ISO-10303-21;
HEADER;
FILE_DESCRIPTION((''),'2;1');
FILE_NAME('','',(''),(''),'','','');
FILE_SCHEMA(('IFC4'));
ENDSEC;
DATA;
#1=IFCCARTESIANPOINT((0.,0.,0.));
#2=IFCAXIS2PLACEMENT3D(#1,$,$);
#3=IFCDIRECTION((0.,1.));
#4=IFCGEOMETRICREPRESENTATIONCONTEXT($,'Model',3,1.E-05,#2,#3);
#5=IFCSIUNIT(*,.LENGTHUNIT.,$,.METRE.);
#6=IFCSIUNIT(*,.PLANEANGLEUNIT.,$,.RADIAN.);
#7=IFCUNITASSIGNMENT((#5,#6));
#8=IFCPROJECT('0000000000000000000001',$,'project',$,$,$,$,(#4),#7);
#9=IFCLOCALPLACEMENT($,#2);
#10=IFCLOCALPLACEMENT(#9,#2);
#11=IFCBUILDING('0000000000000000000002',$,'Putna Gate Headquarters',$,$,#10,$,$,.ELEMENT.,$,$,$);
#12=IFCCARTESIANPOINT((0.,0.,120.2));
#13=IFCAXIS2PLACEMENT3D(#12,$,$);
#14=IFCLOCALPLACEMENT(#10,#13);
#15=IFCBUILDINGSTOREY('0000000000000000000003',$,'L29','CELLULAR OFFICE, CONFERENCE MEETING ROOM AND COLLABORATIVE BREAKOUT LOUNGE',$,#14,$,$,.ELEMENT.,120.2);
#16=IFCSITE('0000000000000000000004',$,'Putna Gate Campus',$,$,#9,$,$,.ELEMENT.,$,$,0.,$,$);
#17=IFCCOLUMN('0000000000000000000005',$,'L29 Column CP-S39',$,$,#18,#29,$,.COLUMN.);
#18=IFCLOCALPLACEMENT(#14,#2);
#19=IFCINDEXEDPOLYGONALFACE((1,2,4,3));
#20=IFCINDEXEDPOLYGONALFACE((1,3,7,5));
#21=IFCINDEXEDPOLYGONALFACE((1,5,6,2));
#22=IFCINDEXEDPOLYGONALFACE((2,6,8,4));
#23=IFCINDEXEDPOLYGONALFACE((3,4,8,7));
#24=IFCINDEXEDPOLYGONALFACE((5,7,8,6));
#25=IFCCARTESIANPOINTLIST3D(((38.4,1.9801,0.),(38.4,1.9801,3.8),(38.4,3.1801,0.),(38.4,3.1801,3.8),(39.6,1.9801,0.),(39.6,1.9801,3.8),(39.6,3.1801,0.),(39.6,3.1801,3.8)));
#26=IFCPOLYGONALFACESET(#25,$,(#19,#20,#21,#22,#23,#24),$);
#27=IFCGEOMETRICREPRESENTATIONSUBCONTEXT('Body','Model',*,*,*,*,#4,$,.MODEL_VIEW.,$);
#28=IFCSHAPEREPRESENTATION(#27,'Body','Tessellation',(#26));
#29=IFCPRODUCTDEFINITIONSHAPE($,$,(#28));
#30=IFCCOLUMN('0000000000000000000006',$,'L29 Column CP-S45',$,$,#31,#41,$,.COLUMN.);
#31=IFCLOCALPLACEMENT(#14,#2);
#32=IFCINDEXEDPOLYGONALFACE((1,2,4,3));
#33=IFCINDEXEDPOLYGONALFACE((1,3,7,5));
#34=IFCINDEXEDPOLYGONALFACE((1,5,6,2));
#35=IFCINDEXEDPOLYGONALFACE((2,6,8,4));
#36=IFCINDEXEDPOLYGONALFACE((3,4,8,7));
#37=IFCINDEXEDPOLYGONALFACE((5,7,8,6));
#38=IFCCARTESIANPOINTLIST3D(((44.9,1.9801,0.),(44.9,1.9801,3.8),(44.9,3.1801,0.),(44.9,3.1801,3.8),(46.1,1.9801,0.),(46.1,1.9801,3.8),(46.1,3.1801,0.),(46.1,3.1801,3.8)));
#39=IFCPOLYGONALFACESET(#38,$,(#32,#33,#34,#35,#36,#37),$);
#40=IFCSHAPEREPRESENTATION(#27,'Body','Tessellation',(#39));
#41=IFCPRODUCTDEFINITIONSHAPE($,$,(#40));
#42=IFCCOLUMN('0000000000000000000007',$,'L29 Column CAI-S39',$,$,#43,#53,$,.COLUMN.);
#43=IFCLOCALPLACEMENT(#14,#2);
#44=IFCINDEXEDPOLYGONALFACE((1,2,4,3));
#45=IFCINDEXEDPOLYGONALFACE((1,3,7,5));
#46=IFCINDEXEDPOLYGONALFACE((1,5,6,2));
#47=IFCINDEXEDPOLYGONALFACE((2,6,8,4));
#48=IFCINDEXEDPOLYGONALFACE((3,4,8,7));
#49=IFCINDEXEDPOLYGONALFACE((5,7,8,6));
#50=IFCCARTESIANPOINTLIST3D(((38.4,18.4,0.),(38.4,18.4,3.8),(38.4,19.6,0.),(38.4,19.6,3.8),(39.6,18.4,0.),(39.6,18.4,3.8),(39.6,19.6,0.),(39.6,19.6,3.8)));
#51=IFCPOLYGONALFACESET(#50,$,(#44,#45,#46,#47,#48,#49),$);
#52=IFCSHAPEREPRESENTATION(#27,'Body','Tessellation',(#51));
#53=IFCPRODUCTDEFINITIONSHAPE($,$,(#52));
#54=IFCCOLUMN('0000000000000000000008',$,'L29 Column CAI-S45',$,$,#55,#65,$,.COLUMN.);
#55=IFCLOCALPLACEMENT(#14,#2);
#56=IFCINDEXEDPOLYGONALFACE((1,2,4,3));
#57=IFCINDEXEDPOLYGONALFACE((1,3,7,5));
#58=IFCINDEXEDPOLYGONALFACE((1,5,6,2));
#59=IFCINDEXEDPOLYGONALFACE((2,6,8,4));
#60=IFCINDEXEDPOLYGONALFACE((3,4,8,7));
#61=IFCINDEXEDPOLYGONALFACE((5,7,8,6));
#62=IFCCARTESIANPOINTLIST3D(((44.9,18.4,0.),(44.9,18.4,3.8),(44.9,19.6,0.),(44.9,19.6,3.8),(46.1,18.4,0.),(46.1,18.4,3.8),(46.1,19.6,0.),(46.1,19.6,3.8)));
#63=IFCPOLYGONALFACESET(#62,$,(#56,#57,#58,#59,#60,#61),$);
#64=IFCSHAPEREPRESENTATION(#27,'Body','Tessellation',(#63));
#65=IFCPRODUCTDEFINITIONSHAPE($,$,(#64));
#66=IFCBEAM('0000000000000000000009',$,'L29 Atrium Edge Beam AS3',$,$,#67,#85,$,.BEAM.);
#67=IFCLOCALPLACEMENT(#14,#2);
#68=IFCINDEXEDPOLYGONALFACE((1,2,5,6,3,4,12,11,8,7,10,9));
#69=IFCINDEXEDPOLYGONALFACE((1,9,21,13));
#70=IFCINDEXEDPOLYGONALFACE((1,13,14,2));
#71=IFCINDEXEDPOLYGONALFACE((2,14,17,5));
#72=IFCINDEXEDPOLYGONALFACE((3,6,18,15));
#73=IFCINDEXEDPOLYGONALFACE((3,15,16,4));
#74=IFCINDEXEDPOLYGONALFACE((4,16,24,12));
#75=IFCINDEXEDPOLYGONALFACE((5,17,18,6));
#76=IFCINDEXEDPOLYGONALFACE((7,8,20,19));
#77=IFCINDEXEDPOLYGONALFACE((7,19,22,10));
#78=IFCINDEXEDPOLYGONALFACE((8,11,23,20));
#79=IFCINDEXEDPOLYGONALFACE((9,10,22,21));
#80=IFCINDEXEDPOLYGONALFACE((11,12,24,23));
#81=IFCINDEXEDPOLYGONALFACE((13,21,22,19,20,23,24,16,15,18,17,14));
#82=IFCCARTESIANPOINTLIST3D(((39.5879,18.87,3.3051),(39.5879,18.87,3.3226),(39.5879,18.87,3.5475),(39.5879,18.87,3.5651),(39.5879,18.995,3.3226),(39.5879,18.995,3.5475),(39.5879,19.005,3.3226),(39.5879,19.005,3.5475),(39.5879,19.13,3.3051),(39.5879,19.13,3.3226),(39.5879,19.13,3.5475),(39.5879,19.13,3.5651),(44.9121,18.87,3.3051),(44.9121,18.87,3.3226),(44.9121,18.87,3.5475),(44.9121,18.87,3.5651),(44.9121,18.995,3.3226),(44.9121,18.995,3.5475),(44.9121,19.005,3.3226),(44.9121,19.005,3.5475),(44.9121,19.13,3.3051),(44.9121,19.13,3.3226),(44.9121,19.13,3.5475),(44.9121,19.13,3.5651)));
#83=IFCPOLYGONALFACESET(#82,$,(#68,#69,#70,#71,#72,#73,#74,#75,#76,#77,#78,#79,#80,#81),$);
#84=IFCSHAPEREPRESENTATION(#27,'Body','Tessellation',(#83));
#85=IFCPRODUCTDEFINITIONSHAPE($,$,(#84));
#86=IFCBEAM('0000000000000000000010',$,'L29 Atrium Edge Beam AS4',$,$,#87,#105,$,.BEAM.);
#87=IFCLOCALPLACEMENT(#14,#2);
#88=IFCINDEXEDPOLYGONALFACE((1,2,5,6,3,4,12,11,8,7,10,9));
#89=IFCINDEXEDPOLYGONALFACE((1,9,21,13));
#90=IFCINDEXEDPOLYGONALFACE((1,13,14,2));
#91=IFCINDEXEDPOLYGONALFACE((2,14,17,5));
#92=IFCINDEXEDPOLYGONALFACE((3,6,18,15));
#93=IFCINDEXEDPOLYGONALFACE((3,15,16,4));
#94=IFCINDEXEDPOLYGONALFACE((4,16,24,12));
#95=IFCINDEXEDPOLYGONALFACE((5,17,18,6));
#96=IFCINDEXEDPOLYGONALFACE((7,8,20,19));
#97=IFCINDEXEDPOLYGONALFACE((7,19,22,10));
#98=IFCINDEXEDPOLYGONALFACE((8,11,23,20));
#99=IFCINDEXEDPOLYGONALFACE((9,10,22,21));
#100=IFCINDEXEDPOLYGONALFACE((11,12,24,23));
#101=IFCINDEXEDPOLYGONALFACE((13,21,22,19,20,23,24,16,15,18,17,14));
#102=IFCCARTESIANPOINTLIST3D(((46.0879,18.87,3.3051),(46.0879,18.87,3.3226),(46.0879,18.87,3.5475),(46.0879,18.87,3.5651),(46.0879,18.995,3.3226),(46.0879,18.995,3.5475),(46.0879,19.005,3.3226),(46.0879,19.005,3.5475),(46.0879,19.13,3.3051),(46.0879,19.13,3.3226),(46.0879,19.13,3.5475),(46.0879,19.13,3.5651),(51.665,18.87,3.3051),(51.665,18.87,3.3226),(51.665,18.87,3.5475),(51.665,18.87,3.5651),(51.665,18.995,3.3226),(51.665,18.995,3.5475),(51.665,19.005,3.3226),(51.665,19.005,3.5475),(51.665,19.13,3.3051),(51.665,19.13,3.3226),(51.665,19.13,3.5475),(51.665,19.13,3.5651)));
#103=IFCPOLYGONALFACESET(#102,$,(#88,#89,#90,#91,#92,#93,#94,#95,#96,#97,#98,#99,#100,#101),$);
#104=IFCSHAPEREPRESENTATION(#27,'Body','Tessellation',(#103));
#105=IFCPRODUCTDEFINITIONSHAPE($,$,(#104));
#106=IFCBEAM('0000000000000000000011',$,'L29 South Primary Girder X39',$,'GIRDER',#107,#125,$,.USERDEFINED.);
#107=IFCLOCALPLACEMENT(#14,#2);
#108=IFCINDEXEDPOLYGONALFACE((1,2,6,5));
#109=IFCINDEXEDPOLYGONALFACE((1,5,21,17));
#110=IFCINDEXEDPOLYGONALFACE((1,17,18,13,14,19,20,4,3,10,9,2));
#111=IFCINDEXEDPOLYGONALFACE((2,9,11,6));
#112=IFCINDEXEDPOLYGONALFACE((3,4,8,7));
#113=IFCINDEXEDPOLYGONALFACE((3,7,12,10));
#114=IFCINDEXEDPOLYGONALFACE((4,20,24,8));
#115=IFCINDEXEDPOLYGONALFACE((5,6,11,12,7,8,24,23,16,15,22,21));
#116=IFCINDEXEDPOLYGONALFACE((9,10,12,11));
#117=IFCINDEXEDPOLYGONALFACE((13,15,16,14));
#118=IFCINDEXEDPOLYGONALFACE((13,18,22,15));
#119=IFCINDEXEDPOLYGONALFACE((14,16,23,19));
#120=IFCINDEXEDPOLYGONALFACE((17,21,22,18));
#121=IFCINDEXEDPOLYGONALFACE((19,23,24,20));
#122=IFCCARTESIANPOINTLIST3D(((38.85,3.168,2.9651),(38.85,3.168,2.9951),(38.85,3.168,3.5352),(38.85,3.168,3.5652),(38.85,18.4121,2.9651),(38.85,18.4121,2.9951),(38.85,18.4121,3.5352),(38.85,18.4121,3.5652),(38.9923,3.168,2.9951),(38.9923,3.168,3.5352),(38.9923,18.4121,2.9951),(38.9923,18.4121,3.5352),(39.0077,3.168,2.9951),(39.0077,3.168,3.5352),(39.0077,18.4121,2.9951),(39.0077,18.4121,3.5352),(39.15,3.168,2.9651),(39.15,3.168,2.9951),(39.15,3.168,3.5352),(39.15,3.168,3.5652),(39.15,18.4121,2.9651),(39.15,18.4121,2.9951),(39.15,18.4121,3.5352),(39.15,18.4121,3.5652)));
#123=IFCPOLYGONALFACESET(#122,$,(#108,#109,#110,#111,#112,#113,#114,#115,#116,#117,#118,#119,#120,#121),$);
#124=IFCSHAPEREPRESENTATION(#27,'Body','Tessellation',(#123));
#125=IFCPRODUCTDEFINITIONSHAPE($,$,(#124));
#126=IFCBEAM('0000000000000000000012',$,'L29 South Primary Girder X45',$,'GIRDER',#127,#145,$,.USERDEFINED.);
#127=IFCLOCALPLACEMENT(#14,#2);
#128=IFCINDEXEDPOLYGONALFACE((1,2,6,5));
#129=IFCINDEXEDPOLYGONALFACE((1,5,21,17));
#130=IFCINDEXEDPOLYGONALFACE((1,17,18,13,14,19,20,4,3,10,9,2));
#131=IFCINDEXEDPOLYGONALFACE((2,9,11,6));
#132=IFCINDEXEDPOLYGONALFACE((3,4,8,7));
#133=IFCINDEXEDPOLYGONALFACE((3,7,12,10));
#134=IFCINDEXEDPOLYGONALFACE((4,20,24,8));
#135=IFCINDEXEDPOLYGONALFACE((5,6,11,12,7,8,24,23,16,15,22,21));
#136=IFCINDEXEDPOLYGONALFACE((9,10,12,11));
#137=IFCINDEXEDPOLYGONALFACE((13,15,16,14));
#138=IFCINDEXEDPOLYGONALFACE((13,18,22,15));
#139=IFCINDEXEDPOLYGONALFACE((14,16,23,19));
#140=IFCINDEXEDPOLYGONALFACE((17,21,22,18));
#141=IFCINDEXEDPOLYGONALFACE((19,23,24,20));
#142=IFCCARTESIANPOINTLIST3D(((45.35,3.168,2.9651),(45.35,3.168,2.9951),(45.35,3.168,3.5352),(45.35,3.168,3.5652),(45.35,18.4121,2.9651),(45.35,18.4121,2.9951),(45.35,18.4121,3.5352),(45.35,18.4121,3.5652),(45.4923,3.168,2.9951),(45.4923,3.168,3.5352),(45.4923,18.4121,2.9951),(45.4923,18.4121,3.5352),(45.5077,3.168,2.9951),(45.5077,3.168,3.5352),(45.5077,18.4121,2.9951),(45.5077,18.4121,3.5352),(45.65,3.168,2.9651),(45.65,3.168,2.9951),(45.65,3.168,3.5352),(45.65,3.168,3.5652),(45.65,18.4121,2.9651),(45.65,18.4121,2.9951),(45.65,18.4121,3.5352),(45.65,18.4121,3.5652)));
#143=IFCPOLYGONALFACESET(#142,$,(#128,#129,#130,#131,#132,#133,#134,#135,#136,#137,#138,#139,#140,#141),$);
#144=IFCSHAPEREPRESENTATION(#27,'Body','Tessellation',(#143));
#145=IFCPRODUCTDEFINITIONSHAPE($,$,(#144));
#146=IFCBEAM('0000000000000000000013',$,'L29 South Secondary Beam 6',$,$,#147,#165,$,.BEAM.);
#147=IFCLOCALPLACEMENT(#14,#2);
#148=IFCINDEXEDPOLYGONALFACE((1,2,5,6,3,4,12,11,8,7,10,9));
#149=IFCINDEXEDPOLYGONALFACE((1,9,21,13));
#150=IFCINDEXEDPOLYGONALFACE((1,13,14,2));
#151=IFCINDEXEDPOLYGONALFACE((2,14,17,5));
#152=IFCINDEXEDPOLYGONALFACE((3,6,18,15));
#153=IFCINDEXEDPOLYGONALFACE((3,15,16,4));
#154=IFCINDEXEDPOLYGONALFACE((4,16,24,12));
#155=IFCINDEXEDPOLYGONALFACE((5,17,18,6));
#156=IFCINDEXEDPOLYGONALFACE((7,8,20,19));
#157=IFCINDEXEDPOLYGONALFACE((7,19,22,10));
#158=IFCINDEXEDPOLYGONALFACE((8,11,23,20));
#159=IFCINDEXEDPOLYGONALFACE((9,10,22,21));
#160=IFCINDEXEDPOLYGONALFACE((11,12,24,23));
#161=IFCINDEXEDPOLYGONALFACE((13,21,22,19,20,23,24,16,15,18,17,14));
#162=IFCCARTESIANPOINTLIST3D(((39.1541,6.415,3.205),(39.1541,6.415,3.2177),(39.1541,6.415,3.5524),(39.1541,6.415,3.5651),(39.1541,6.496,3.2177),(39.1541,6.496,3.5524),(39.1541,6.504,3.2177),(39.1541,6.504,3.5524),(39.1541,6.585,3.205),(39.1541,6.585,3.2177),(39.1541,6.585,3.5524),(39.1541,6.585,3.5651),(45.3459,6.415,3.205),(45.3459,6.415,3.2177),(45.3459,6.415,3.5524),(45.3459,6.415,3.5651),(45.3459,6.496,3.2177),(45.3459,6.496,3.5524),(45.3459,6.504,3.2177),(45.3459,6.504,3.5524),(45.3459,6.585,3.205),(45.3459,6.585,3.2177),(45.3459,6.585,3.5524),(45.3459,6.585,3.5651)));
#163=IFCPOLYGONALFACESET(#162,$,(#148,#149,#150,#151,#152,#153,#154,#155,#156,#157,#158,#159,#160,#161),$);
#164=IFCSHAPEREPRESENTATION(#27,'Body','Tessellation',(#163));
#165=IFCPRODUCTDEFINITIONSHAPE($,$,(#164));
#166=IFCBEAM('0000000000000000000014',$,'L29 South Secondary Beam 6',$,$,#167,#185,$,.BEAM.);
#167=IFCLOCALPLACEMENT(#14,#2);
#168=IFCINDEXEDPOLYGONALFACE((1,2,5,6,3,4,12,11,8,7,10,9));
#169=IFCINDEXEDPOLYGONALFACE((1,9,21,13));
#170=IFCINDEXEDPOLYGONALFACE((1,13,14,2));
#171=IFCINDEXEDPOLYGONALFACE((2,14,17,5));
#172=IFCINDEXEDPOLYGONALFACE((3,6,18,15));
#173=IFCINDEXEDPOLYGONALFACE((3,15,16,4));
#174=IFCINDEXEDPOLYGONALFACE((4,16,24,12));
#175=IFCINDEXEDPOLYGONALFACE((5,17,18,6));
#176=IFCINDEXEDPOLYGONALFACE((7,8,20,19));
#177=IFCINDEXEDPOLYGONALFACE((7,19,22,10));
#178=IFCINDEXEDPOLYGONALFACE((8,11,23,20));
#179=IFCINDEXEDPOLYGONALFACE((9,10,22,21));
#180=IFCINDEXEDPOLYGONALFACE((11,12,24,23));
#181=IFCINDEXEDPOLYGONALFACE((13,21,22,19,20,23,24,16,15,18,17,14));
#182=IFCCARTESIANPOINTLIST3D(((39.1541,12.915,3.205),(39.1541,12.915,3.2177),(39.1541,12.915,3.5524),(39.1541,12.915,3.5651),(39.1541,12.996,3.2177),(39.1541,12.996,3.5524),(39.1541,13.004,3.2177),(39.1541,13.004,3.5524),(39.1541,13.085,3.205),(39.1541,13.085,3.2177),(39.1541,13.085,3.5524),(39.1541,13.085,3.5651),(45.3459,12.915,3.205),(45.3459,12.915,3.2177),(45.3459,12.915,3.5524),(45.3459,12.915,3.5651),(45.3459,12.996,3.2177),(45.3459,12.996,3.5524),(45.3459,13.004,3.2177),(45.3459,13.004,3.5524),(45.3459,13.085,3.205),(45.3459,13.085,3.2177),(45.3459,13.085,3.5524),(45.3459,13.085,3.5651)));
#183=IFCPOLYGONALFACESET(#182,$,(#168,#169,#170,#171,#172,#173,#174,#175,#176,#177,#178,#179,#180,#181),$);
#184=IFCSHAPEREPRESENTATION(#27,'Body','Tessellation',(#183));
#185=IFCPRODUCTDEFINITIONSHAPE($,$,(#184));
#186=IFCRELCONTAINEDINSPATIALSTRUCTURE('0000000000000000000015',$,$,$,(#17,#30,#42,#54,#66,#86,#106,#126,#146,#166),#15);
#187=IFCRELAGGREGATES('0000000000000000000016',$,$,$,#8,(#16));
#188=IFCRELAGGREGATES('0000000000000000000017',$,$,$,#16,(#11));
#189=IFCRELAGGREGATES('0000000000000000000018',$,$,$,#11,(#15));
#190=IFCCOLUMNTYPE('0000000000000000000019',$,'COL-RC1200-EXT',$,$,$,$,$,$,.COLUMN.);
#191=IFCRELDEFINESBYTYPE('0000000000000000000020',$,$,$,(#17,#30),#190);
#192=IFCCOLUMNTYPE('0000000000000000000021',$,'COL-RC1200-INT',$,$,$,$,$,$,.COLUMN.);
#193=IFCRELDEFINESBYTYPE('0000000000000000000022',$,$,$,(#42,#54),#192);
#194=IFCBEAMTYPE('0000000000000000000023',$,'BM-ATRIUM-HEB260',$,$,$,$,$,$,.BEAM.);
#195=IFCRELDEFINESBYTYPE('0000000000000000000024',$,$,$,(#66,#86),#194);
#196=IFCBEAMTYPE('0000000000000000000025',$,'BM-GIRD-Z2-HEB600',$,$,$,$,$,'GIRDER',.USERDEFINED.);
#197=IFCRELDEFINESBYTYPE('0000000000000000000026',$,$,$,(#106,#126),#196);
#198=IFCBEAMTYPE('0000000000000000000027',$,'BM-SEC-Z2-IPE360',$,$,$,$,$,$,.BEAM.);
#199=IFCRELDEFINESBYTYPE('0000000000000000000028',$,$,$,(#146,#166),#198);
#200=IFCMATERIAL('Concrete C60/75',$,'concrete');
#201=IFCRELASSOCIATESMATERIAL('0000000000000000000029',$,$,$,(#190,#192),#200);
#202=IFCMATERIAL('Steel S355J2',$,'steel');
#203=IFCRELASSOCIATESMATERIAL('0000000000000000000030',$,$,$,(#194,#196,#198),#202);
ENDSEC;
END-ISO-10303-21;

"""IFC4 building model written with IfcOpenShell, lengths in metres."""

from ifc_helpers import new_model, si_unit, direction, frame, origin, origin_2d, place, context, subcontext, project, spatial, rectangle, i_section, extrude, material, material_profile, profile_set, type_object, element, save


model = new_model("IFC4")

# Units and contexts
model_context = context("Model", 3, precision=1e-05, world=origin(), true_north=direction((0.0, 1.0)))
body_context = subcontext(model_context, "Body", "Model", "MODEL_VIEW")
ifc_project = project(units=[si_unit("LENGTHUNIT", "METRE"), si_unit("PLANEANGLEUNIT", "RADIAN")], contexts=[model_context])

# Site, building, storey
site_placement = place(None, origin())
site = spatial("IfcSite", under=ifc_project, at=site_placement, Name="Putna Gate Campus", CompositionType="ELEMENT", RefElevation=0.0)
building_placement = place(site_placement, origin())
building = spatial("IfcBuilding", under=site, at=building_placement, Name="Putna Gate Headquarters", CompositionType="ELEMENT")
storey_placement = place(building_placement, frame((0.0, 0.0, 120.2)))
storey = spatial("IfcBuildingStorey", under=building, at=storey_placement, Name="L29", Description="CELLULAR OFFICE, CONFERENCE MEETING ROOM AND COLLABORATIVE BREAKOUT LOUNGE", CompositionType="ELEMENT", Elevation=120.2)

# Columns
ifc_material_1 = material(Name="Concrete C60/75", Category="concrete")
ifc_material_profile_1 = material_profile(ifc_material_1, rectangle(XDim=1.2, YDim=1.2, at=origin_2d()), Name="Concrete C60/75")
ifc_profile_set_1 = profile_set([ifc_material_profile_1], Name="Concrete C60/75")
column_type_1 = type_object("IfcColumnType", Name="COL-RC1200-EXT", PredefinedType="COLUMN", material=ifc_profile_set_1)
for number, where, z_axis, x_axis, name in (
    (1, (39.0, 2.5801, 0.0), (0.0, 0.0, 1.0), (1.0, 0.0, 0.0), "L29 Column CP-S39"),
    (2, (45.5, 2.5801, 0.0), (0.0, 0.0, 1.0), (1.0, 0.0, 0.0), "L29 Column CP-S45"),
):
    element("IfcColumn", number, at=place(storey_placement, frame(where, z_axis=z_axis, x_axis=x_axis)), inside=storey, type_object=column_type_1, Name=name, PredefinedType="COLUMN", context=body_context, shape_type="SweptSolid", body=[
        extrude(rectangle(XDim=1.2, YDim=1.2, at=origin_2d()), origin(), (0.0, 0.0, 1.0), 3.8),
    ])
ifc_material_profile_2 = material_profile(ifc_material_1, rectangle(XDim=1.2, YDim=1.2, at=origin_2d()), Name="Concrete C60/75")
ifc_profile_set_2 = profile_set([ifc_material_profile_2], Name="Concrete C60/75")
column_type_2 = type_object("IfcColumnType", Name="COL-RC1200-INT", PredefinedType="COLUMN", material=ifc_profile_set_2)
for number, where, z_axis, x_axis, name in (
    (3, (39.0, 19.0, 0.0), (0.0, 0.0, 1.0), (1.0, 0.0, 0.0), "L29 Column CAI-S39"),
    (4, (45.5, 19.0, 0.0), (0.0, 0.0, 1.0), (1.0, 0.0, 0.0), "L29 Column CAI-S45"),
):
    element("IfcColumn", number, at=place(storey_placement, frame(where, z_axis=z_axis, x_axis=x_axis)), inside=storey, type_object=column_type_2, Name=name, PredefinedType="COLUMN", context=body_context, shape_type="SweptSolid", body=[
        extrude(rectangle(XDim=1.2, YDim=1.2, at=origin_2d()), origin(), (0.0, 0.0, 1.0), 3.8),
    ])

# Beams
ifc_material_2 = material(Name="Steel S355J2", Category="steel")
ifc_material_profile_3 = material_profile(ifc_material_2, i_section(OverallWidth=0.26, OverallDepth=0.26, WebThickness=0.01, FlangeThickness=0.0176, at=origin_2d()), Name="Steel S355J2")
ifc_profile_set_3 = profile_set([ifc_material_profile_3], Name="Steel S355J2")
beam_type_1 = type_object("IfcBeamType", Name="BM-ATRIUM-HEB260", PredefinedType="BEAM", material=ifc_profile_set_3)
beam_1_placement = place(storey_placement, frame((39.5879, 19.0, 3.4351), z_axis=(1.0, 0.0, 0.0), x_axis=(0.0, 1.0, 0.0)))
element("IfcBeam", 5, at=beam_1_placement, inside=storey, type_object=beam_type_1, Name="L29 Atrium Edge Beam AS3", PredefinedType="BEAM", context=body_context, shape_type="SweptSolid", body=[
    extrude(i_section(OverallWidth=0.26, OverallDepth=0.26, WebThickness=0.01, FlangeThickness=0.0176, at=origin_2d()), origin(), (0.0, 0.0, 1.0), 5.3242),
])
beam_2_placement = place(storey_placement, frame((46.0879, 19.0, 3.4351), z_axis=(1.0, 0.0, 0.0), x_axis=(0.0, 1.0, 0.0)))
element("IfcBeam", 6, at=beam_2_placement, inside=storey, type_object=beam_type_1, Name="L29 Atrium Edge Beam AS4", PredefinedType="BEAM", context=body_context, shape_type="SweptSolid", body=[
    extrude(i_section(OverallWidth=0.26, OverallDepth=0.26, WebThickness=0.01, FlangeThickness=0.0176, at=origin_2d()), origin(), (0.0, 0.0, 1.0), 5.5771),
])
ifc_material_profile_4 = material_profile(ifc_material_2, i_section(OverallWidth=0.3, OverallDepth=0.6001, WebThickness=0.0154, FlangeThickness=0.03, at=origin_2d()), Name="Steel S355J2")
ifc_profile_set_4 = profile_set([ifc_material_profile_4], Name="Steel S355J2")
beam_type_2 = type_object("IfcBeamType", Name="BM-GIRD-Z2-HEB600", ElementType="GIRDER", PredefinedType="USERDEFINED", material=ifc_profile_set_4)
for number, where, z_axis, x_axis, name in (
    (7, (39.0, 3.168, 3.2651), (0.0, 1.0, 0.0), (-1.0, 0.0, 0.0), "L29 South Primary Girder X39"),
    (8, (45.5, 3.168, 3.2651), (0.0, 1.0, 0.0), (-1.0, 0.0, 0.0), "L29 South Primary Girder X45"),
):
    element("IfcBeam", number, at=place(storey_placement, frame(where, z_axis=z_axis, x_axis=x_axis)), inside=storey, type_object=beam_type_2, Name=name, ObjectType="GIRDER", PredefinedType="USERDEFINED", context=body_context, shape_type="SweptSolid", body=[
        extrude(i_section(OverallWidth=0.3, OverallDepth=0.6001, WebThickness=0.0154, FlangeThickness=0.03, at=origin_2d()), origin(), (0.0, 0.0, 1.0), 15.2441),
    ])
ifc_material_profile_5 = material_profile(ifc_material_2, i_section(OverallWidth=0.1699, OverallDepth=0.3601, WebThickness=0.0081, FlangeThickness=0.0127, at=origin_2d()), Name="Steel S355J2")
ifc_profile_set_5 = profile_set([ifc_material_profile_5], Name="Steel S355J2")
beam_type_3 = type_object("IfcBeamType", Name="BM-SEC-Z2-IPE360", PredefinedType="BEAM", material=ifc_profile_set_5)
for number, where, z_axis, x_axis, name in (
    (9, (39.1541, 6.5, 3.385), (1.0, 0.0, 0.0), (0.0, 1.0, 0.0), "L29 South Secondary Beam 6"),
    (10, (39.1541, 13.0, 3.385), (1.0, 0.0, 0.0), (0.0, 1.0, 0.0), "L29 South Secondary Beam 6"),
):
    element("IfcBeam", number, at=place(storey_placement, frame(where, z_axis=z_axis, x_axis=x_axis)), inside=storey, type_object=beam_type_3, Name=name, PredefinedType="BEAM", context=body_context, shape_type="SweptSolid", body=[
        extrude(i_section(OverallWidth=0.1699, OverallDepth=0.3601, WebThickness=0.0081, FlangeThickness=0.0127, at=origin_2d()), origin(), (0.0, 0.0, 1.0), 6.1919),
    ])

save(model, "model.ifc")
